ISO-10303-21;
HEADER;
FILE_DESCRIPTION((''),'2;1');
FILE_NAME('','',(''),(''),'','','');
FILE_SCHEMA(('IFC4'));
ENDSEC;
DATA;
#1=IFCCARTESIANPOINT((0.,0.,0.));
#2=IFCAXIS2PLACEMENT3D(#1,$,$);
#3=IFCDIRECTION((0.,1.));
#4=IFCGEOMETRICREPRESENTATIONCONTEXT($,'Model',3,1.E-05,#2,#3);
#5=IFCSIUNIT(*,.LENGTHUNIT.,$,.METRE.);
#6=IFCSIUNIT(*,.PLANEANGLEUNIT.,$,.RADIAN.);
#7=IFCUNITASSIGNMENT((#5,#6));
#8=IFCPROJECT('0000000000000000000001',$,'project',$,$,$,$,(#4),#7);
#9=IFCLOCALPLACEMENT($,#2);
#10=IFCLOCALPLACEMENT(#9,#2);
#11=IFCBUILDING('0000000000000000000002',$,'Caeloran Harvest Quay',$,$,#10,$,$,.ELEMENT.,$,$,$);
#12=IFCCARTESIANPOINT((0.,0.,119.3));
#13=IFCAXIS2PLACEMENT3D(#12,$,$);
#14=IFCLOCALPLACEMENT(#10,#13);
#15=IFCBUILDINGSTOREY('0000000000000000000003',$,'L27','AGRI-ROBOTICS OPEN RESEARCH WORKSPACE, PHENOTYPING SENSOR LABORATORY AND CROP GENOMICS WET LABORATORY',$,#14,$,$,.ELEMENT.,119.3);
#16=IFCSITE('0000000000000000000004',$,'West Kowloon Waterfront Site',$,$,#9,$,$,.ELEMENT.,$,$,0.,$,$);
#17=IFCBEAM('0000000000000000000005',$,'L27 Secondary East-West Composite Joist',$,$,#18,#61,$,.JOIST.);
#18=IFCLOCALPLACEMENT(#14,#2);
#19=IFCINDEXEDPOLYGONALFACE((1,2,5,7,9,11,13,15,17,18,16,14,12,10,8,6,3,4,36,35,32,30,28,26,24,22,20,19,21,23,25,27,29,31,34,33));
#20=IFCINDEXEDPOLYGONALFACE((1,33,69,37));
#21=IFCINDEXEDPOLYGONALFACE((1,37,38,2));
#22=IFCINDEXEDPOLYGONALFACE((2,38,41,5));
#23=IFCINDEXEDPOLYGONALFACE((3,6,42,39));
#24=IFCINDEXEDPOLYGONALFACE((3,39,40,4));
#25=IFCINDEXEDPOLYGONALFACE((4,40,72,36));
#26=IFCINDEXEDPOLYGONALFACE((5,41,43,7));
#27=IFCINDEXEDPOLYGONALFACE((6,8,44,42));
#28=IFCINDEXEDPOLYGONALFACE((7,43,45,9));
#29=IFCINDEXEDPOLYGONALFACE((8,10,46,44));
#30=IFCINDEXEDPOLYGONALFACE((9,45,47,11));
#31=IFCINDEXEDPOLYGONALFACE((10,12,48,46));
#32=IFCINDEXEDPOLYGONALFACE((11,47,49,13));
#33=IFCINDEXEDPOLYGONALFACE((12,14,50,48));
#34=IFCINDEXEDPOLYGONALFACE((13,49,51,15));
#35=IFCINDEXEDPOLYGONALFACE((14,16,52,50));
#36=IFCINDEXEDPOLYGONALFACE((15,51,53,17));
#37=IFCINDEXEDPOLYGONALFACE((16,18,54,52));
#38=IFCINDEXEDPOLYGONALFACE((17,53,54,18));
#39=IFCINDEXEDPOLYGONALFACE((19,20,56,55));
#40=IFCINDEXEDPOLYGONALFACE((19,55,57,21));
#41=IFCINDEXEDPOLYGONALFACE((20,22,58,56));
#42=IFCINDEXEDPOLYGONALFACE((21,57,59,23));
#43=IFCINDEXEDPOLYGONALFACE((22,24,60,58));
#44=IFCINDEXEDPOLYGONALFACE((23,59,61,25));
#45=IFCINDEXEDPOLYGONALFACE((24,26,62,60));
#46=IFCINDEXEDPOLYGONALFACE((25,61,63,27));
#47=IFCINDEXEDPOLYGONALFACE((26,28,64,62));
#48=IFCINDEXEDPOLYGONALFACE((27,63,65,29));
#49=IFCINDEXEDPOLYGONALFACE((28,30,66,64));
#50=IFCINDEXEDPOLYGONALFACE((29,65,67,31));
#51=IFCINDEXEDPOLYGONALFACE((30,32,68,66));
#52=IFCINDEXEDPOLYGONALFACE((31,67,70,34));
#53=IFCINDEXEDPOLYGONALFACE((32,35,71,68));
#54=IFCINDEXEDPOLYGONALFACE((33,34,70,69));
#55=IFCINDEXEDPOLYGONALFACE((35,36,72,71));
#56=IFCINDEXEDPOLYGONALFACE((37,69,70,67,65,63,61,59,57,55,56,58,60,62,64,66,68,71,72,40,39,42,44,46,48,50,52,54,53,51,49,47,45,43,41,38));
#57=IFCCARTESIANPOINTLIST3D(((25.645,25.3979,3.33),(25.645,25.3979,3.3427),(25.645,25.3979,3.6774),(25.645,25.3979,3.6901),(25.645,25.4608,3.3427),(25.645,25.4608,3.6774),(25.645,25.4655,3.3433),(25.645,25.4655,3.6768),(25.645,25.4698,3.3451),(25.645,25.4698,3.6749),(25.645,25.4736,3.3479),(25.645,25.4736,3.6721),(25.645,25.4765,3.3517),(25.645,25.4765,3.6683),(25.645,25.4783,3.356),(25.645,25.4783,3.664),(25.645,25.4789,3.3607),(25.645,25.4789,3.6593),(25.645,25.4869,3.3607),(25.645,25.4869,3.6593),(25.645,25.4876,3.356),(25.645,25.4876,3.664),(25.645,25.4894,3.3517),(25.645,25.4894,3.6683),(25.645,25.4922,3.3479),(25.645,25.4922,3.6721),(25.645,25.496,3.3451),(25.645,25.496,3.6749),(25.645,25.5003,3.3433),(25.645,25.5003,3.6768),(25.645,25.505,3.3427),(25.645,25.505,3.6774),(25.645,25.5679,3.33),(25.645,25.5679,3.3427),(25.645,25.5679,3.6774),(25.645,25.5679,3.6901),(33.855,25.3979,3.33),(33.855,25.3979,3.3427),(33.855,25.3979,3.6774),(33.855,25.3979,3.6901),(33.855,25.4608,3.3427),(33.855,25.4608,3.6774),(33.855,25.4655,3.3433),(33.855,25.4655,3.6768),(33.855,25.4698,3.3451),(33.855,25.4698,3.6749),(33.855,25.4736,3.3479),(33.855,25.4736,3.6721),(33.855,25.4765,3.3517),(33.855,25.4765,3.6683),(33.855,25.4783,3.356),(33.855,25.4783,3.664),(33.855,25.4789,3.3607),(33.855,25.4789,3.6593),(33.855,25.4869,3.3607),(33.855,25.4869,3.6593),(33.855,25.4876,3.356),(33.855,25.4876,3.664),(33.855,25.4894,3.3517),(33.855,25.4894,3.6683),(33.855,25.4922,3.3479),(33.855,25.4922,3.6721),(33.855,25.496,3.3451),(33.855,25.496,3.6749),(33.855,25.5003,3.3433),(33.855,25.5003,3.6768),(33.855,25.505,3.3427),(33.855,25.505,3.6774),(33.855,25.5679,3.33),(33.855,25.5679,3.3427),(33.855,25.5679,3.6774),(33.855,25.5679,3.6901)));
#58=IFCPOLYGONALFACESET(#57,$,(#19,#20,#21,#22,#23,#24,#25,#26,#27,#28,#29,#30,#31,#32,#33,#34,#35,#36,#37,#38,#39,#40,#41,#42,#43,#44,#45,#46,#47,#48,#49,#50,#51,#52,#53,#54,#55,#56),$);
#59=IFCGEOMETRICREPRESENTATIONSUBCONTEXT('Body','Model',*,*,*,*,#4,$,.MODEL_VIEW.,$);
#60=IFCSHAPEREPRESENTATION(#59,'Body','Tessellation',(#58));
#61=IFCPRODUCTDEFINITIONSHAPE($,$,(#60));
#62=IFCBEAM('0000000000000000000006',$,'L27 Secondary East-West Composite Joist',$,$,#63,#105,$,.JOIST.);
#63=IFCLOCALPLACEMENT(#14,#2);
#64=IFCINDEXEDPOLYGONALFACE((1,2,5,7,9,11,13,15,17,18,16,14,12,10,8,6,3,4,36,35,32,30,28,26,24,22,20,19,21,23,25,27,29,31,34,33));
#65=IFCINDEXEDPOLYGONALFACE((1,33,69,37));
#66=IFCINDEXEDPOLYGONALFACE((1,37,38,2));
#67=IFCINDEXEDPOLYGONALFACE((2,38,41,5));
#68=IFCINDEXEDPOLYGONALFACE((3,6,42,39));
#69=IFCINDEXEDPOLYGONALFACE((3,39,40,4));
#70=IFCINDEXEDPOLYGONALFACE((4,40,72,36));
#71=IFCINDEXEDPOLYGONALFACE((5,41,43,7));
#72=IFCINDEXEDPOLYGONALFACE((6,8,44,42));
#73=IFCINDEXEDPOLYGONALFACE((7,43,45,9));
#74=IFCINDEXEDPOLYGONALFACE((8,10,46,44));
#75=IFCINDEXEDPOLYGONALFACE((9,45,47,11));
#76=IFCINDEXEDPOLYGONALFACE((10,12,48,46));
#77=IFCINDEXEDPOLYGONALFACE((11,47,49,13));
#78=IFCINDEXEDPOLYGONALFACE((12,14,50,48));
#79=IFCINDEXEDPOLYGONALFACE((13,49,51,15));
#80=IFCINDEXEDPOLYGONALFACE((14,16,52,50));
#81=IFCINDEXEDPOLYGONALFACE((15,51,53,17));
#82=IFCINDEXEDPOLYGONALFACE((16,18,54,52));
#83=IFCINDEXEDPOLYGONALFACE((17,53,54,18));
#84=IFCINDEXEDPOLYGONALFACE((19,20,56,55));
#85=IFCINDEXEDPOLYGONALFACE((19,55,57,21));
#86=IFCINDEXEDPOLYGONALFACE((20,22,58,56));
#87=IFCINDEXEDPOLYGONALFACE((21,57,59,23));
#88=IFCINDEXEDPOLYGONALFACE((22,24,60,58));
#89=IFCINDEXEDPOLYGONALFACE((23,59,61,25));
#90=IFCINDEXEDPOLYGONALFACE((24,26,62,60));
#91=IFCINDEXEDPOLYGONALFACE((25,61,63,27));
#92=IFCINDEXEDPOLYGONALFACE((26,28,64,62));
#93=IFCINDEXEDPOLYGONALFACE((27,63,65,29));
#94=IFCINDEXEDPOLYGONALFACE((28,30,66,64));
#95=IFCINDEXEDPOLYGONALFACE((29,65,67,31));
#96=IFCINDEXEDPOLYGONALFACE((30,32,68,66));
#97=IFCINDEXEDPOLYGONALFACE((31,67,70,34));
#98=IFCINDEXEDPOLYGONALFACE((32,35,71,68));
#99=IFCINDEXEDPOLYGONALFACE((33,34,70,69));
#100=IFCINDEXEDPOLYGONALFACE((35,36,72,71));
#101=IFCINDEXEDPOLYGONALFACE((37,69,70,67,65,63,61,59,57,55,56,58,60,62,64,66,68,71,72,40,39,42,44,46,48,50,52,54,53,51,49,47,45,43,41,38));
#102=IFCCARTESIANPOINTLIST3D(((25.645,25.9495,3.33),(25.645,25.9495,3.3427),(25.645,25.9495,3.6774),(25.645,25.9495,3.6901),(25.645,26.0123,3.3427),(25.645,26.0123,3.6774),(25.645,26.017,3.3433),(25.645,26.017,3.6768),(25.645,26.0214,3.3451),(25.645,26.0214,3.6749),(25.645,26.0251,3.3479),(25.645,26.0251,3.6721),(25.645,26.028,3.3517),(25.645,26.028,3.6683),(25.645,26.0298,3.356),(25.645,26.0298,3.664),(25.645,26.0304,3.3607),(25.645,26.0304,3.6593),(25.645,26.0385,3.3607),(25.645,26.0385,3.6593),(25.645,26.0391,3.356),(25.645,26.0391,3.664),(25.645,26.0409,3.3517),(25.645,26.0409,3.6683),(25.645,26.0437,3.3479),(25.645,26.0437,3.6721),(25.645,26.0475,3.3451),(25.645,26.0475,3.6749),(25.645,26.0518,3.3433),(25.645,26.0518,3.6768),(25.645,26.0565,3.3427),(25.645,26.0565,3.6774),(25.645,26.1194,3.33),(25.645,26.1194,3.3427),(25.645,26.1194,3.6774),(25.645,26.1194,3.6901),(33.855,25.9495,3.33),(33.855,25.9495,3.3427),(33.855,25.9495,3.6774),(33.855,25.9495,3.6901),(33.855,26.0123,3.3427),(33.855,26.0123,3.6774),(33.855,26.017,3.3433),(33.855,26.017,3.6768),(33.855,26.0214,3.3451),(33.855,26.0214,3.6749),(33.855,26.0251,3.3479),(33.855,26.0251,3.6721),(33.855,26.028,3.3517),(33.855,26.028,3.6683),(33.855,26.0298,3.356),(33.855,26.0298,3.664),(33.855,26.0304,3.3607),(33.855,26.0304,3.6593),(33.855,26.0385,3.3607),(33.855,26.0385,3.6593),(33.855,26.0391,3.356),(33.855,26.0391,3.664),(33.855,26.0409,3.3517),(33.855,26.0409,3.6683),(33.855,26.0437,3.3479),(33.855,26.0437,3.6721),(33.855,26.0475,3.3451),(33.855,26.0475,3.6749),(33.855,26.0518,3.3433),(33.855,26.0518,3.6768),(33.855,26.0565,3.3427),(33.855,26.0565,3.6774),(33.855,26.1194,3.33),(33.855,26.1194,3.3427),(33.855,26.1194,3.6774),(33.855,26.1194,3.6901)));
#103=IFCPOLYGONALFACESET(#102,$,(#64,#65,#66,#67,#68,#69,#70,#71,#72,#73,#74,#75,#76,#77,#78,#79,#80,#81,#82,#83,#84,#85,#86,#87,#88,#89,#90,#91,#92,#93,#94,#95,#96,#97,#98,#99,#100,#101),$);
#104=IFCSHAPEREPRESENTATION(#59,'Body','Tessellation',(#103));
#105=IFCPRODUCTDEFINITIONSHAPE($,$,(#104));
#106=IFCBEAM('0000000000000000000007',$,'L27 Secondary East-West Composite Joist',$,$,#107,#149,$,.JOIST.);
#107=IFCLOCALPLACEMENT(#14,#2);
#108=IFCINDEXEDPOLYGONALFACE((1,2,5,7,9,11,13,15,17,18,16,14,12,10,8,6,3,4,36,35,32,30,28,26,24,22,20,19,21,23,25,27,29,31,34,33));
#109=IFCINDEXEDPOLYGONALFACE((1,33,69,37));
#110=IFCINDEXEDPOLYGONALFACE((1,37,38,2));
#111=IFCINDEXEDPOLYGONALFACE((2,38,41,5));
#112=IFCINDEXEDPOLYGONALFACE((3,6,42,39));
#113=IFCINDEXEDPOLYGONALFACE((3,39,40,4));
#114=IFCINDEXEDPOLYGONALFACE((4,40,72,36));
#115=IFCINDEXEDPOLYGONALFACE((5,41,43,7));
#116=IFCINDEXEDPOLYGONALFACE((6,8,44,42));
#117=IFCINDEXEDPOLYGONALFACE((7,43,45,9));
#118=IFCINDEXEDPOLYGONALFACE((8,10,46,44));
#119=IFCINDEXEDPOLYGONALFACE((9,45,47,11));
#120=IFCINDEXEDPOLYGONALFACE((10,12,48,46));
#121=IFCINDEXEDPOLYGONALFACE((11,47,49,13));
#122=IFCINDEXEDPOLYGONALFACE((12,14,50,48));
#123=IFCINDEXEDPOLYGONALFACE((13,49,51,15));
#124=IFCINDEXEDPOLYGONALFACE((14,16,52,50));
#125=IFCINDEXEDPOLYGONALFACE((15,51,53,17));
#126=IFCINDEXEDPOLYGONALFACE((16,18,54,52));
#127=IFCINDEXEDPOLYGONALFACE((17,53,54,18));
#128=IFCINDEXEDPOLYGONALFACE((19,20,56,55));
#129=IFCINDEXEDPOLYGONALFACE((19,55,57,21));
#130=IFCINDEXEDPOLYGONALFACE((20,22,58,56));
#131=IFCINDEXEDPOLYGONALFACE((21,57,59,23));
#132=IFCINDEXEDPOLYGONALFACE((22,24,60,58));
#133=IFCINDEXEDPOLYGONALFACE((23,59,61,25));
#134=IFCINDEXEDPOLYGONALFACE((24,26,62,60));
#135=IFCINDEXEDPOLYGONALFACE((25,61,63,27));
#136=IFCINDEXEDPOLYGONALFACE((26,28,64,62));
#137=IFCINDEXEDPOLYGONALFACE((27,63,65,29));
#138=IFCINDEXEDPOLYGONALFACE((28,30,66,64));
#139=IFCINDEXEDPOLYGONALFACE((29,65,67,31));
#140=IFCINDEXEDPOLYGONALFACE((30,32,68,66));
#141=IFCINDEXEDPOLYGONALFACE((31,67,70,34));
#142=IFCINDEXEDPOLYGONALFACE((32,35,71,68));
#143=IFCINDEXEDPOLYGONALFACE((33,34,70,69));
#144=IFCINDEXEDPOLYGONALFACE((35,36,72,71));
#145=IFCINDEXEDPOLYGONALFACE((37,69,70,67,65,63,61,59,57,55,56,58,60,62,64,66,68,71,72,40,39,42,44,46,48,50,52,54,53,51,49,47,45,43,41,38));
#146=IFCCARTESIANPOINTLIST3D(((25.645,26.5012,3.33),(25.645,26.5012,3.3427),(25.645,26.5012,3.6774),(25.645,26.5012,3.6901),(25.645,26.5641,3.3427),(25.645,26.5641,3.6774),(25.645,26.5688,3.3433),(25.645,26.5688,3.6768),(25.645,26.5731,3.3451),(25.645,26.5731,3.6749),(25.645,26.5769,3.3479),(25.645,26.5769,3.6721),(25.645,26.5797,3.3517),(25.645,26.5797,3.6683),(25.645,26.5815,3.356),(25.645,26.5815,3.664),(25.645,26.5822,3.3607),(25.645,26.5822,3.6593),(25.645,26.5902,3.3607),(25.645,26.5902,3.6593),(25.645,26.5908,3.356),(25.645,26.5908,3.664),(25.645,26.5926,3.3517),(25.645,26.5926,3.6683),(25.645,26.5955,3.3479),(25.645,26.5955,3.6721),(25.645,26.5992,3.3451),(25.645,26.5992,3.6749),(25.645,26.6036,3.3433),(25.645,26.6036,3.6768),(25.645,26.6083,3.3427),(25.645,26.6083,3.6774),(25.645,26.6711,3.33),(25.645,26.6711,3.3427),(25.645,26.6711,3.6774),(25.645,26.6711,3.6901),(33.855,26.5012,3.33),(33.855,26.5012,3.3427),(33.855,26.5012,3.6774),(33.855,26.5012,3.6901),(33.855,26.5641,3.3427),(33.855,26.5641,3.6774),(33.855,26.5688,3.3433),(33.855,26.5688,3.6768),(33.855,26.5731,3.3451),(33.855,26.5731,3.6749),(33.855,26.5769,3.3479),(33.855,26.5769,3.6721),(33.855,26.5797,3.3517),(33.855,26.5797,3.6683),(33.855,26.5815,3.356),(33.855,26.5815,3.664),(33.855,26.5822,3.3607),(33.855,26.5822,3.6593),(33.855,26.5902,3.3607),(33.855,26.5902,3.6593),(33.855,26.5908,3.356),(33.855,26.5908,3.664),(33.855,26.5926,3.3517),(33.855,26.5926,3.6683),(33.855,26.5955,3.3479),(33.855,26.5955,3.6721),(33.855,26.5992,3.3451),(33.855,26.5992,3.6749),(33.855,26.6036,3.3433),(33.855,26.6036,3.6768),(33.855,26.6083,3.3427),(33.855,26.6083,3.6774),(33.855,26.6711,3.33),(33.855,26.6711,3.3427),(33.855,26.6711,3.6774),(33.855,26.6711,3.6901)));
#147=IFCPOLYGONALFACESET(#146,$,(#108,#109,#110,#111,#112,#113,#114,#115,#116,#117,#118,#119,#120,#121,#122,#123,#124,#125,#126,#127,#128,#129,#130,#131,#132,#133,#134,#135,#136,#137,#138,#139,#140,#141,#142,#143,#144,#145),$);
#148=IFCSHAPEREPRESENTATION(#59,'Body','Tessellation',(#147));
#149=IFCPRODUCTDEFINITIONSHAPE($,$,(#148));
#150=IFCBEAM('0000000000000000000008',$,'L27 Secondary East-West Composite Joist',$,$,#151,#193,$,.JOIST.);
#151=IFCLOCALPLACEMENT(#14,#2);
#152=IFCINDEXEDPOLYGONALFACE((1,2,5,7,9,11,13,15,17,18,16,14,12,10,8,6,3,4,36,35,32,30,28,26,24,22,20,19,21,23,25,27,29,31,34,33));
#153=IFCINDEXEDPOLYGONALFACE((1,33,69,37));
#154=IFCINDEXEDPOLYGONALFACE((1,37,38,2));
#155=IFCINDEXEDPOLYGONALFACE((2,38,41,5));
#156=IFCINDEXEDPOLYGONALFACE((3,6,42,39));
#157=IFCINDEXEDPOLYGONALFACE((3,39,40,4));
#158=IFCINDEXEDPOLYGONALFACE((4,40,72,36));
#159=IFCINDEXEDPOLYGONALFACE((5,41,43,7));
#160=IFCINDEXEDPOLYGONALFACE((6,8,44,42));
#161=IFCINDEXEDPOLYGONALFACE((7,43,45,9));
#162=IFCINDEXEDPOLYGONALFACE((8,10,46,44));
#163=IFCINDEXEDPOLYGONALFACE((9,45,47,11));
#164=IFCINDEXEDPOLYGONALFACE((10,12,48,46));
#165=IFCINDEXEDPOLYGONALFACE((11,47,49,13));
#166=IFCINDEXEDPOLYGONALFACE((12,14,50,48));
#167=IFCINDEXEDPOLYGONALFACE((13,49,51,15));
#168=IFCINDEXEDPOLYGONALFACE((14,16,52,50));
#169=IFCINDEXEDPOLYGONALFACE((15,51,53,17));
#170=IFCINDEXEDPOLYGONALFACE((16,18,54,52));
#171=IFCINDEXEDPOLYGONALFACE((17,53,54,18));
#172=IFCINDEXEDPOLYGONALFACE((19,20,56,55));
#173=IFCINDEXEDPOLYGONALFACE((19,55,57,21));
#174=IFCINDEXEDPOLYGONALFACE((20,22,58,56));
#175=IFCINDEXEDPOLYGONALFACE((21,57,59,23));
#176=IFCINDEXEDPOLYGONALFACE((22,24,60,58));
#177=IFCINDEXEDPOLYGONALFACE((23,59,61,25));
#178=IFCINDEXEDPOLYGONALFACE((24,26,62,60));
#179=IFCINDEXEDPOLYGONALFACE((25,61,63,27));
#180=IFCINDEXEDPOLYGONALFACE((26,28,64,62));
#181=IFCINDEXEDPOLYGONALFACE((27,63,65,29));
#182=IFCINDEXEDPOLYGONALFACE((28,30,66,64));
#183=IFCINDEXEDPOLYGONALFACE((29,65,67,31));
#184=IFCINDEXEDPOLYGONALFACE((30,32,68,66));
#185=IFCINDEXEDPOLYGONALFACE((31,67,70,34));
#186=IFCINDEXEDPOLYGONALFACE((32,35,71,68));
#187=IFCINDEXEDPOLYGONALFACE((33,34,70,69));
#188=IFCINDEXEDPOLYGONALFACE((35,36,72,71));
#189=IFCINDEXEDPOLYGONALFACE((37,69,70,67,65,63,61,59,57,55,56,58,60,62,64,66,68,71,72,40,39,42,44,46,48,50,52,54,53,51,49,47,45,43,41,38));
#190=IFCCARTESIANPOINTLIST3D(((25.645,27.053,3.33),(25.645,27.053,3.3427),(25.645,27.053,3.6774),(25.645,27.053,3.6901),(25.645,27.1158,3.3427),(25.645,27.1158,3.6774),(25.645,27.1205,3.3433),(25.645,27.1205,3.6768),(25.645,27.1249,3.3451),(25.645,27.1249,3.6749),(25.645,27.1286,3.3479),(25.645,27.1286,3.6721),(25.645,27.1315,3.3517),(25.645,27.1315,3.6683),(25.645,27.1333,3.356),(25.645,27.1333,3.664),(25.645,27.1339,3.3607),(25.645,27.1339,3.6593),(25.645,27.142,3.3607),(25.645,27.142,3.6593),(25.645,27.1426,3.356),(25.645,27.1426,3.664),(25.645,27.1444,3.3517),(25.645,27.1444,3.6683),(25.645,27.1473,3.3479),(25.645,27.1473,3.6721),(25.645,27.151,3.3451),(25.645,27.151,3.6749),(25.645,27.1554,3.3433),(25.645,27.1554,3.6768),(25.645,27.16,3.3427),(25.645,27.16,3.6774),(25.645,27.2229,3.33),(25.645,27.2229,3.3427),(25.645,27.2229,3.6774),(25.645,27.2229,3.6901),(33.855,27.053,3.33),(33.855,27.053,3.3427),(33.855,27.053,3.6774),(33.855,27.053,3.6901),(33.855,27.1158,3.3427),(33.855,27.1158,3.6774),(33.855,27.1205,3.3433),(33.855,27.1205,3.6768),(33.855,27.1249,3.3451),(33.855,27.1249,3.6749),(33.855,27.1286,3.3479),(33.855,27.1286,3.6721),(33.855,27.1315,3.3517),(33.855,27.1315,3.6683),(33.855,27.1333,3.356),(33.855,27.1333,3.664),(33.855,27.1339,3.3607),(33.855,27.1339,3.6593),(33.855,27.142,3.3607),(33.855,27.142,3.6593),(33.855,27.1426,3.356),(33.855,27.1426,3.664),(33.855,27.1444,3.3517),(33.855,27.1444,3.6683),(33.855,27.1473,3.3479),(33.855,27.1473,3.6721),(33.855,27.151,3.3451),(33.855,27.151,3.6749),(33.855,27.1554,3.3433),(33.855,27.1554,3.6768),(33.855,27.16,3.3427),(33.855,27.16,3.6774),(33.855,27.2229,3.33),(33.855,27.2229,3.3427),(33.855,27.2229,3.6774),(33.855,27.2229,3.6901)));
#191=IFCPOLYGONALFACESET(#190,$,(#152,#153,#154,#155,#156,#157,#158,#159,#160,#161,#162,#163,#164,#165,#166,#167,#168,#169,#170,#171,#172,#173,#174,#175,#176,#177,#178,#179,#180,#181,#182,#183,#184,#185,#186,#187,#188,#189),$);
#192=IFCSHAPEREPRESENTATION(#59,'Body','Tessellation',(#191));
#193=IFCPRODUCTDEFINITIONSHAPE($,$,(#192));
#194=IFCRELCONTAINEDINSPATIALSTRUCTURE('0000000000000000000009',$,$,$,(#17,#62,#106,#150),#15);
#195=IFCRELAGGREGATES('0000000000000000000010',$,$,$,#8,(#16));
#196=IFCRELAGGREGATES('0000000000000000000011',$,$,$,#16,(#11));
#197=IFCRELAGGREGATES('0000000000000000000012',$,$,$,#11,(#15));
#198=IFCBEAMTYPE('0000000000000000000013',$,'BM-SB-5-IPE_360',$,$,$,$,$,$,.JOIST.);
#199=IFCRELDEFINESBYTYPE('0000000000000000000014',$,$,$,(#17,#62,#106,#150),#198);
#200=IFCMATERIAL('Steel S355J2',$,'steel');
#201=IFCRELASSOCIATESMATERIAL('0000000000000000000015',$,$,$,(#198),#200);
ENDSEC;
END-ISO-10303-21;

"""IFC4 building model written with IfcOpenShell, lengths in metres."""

from ifc_helpers import new_model, si_unit, direction, frame, origin, origin_2d, place, context, subcontext, project, spatial, i_section, extrude, material, material_profile, profile_set, type_object, element, save


model = new_model("IFC4")

# Units and contexts
model_context = context("Model", 3, precision=1e-05, world=origin(), true_north=direction((0.0, 1.0)))
body_context = subcontext(model_context, "Body", "Model", "MODEL_VIEW")
ifc_project = project(units=[si_unit("LENGTHUNIT", "METRE"), si_unit("PLANEANGLEUNIT", "RADIAN")], contexts=[model_context])

# Site, building, storey
site_placement = place(None, origin())
site = spatial("IfcSite", under=ifc_project, at=site_placement, Name="West Kowloon Waterfront Site", CompositionType="ELEMENT", RefElevation=0.0)
building_placement = place(site_placement, origin())
building = spatial("IfcBuilding", under=site, at=building_placement, Name="Caeloran Harvest Quay", CompositionType="ELEMENT")
storey_placement = place(building_placement, frame((0.0, 0.0, 119.3)))
storey = spatial("IfcBuildingStorey", under=building, at=storey_placement, Name="L27", Description="AGRI-ROBOTICS OPEN RESEARCH WORKSPACE, PHENOTYPING SENSOR LABORATORY AND CROP GENOMICS WET LABORATORY", CompositionType="ELEMENT", Elevation=119.3)

# Beams
ifc_material_1 = material(Name="Steel S355J2", Category="steel")
ifc_material_profile_1 = material_profile(ifc_material_1, i_section(OverallWidth=0.1699, OverallDepth=0.3601, WebThickness=0.0081, FlangeThickness=0.0127, FilletRadius=0.0181, at=origin_2d()), Name="IPE 360")
ifc_profile_set_1 = profile_set([ifc_material_profile_1], Name="Steel S355J2")
beam_type_1 = type_object("IfcBeamType", Name="BM-SB-5-IPE_360", PredefinedType="JOIST", material=ifc_profile_set_1)
for number, where, z_axis, x_axis, name in (
    (1, (25.645, 25.4829, 3.51), (1.0, 0.0, 0.0), (0.0, 1.0, 0.0), "L27 Secondary East-West Composite Joist"),
    (2, (25.645, 26.0344, 3.51), (1.0, 0.0, 0.0), (0.0, 1.0, 0.0), "L27 Secondary East-West Composite Joist"),
    (3, (25.645, 26.5862, 3.51), (1.0, 0.0, 0.0), (0.0, 1.0, 0.0), "L27 Secondary East-West Composite Joist"),
    (4, (25.645, 27.1379, 3.51), (1.0, 0.0, 0.0), (0.0, 1.0, 0.0), "L27 Secondary East-West Composite Joist"),
):
    element("IfcBeam", number, at=place(storey_placement, frame(where, z_axis=z_axis, x_axis=x_axis)), inside=storey, type_object=beam_type_1, Name=name, PredefinedType="JOIST", context=body_context, shape_type="SweptSolid", body=[
        extrude(i_section(OverallWidth=0.1699, OverallDepth=0.3601, WebThickness=0.0081, FlangeThickness=0.0127, FilletRadius=0.0181, at=origin_2d()), origin(), (0.0, 0.0, 1.0), 8.21),
    ])

save(model, "model.ifc")
